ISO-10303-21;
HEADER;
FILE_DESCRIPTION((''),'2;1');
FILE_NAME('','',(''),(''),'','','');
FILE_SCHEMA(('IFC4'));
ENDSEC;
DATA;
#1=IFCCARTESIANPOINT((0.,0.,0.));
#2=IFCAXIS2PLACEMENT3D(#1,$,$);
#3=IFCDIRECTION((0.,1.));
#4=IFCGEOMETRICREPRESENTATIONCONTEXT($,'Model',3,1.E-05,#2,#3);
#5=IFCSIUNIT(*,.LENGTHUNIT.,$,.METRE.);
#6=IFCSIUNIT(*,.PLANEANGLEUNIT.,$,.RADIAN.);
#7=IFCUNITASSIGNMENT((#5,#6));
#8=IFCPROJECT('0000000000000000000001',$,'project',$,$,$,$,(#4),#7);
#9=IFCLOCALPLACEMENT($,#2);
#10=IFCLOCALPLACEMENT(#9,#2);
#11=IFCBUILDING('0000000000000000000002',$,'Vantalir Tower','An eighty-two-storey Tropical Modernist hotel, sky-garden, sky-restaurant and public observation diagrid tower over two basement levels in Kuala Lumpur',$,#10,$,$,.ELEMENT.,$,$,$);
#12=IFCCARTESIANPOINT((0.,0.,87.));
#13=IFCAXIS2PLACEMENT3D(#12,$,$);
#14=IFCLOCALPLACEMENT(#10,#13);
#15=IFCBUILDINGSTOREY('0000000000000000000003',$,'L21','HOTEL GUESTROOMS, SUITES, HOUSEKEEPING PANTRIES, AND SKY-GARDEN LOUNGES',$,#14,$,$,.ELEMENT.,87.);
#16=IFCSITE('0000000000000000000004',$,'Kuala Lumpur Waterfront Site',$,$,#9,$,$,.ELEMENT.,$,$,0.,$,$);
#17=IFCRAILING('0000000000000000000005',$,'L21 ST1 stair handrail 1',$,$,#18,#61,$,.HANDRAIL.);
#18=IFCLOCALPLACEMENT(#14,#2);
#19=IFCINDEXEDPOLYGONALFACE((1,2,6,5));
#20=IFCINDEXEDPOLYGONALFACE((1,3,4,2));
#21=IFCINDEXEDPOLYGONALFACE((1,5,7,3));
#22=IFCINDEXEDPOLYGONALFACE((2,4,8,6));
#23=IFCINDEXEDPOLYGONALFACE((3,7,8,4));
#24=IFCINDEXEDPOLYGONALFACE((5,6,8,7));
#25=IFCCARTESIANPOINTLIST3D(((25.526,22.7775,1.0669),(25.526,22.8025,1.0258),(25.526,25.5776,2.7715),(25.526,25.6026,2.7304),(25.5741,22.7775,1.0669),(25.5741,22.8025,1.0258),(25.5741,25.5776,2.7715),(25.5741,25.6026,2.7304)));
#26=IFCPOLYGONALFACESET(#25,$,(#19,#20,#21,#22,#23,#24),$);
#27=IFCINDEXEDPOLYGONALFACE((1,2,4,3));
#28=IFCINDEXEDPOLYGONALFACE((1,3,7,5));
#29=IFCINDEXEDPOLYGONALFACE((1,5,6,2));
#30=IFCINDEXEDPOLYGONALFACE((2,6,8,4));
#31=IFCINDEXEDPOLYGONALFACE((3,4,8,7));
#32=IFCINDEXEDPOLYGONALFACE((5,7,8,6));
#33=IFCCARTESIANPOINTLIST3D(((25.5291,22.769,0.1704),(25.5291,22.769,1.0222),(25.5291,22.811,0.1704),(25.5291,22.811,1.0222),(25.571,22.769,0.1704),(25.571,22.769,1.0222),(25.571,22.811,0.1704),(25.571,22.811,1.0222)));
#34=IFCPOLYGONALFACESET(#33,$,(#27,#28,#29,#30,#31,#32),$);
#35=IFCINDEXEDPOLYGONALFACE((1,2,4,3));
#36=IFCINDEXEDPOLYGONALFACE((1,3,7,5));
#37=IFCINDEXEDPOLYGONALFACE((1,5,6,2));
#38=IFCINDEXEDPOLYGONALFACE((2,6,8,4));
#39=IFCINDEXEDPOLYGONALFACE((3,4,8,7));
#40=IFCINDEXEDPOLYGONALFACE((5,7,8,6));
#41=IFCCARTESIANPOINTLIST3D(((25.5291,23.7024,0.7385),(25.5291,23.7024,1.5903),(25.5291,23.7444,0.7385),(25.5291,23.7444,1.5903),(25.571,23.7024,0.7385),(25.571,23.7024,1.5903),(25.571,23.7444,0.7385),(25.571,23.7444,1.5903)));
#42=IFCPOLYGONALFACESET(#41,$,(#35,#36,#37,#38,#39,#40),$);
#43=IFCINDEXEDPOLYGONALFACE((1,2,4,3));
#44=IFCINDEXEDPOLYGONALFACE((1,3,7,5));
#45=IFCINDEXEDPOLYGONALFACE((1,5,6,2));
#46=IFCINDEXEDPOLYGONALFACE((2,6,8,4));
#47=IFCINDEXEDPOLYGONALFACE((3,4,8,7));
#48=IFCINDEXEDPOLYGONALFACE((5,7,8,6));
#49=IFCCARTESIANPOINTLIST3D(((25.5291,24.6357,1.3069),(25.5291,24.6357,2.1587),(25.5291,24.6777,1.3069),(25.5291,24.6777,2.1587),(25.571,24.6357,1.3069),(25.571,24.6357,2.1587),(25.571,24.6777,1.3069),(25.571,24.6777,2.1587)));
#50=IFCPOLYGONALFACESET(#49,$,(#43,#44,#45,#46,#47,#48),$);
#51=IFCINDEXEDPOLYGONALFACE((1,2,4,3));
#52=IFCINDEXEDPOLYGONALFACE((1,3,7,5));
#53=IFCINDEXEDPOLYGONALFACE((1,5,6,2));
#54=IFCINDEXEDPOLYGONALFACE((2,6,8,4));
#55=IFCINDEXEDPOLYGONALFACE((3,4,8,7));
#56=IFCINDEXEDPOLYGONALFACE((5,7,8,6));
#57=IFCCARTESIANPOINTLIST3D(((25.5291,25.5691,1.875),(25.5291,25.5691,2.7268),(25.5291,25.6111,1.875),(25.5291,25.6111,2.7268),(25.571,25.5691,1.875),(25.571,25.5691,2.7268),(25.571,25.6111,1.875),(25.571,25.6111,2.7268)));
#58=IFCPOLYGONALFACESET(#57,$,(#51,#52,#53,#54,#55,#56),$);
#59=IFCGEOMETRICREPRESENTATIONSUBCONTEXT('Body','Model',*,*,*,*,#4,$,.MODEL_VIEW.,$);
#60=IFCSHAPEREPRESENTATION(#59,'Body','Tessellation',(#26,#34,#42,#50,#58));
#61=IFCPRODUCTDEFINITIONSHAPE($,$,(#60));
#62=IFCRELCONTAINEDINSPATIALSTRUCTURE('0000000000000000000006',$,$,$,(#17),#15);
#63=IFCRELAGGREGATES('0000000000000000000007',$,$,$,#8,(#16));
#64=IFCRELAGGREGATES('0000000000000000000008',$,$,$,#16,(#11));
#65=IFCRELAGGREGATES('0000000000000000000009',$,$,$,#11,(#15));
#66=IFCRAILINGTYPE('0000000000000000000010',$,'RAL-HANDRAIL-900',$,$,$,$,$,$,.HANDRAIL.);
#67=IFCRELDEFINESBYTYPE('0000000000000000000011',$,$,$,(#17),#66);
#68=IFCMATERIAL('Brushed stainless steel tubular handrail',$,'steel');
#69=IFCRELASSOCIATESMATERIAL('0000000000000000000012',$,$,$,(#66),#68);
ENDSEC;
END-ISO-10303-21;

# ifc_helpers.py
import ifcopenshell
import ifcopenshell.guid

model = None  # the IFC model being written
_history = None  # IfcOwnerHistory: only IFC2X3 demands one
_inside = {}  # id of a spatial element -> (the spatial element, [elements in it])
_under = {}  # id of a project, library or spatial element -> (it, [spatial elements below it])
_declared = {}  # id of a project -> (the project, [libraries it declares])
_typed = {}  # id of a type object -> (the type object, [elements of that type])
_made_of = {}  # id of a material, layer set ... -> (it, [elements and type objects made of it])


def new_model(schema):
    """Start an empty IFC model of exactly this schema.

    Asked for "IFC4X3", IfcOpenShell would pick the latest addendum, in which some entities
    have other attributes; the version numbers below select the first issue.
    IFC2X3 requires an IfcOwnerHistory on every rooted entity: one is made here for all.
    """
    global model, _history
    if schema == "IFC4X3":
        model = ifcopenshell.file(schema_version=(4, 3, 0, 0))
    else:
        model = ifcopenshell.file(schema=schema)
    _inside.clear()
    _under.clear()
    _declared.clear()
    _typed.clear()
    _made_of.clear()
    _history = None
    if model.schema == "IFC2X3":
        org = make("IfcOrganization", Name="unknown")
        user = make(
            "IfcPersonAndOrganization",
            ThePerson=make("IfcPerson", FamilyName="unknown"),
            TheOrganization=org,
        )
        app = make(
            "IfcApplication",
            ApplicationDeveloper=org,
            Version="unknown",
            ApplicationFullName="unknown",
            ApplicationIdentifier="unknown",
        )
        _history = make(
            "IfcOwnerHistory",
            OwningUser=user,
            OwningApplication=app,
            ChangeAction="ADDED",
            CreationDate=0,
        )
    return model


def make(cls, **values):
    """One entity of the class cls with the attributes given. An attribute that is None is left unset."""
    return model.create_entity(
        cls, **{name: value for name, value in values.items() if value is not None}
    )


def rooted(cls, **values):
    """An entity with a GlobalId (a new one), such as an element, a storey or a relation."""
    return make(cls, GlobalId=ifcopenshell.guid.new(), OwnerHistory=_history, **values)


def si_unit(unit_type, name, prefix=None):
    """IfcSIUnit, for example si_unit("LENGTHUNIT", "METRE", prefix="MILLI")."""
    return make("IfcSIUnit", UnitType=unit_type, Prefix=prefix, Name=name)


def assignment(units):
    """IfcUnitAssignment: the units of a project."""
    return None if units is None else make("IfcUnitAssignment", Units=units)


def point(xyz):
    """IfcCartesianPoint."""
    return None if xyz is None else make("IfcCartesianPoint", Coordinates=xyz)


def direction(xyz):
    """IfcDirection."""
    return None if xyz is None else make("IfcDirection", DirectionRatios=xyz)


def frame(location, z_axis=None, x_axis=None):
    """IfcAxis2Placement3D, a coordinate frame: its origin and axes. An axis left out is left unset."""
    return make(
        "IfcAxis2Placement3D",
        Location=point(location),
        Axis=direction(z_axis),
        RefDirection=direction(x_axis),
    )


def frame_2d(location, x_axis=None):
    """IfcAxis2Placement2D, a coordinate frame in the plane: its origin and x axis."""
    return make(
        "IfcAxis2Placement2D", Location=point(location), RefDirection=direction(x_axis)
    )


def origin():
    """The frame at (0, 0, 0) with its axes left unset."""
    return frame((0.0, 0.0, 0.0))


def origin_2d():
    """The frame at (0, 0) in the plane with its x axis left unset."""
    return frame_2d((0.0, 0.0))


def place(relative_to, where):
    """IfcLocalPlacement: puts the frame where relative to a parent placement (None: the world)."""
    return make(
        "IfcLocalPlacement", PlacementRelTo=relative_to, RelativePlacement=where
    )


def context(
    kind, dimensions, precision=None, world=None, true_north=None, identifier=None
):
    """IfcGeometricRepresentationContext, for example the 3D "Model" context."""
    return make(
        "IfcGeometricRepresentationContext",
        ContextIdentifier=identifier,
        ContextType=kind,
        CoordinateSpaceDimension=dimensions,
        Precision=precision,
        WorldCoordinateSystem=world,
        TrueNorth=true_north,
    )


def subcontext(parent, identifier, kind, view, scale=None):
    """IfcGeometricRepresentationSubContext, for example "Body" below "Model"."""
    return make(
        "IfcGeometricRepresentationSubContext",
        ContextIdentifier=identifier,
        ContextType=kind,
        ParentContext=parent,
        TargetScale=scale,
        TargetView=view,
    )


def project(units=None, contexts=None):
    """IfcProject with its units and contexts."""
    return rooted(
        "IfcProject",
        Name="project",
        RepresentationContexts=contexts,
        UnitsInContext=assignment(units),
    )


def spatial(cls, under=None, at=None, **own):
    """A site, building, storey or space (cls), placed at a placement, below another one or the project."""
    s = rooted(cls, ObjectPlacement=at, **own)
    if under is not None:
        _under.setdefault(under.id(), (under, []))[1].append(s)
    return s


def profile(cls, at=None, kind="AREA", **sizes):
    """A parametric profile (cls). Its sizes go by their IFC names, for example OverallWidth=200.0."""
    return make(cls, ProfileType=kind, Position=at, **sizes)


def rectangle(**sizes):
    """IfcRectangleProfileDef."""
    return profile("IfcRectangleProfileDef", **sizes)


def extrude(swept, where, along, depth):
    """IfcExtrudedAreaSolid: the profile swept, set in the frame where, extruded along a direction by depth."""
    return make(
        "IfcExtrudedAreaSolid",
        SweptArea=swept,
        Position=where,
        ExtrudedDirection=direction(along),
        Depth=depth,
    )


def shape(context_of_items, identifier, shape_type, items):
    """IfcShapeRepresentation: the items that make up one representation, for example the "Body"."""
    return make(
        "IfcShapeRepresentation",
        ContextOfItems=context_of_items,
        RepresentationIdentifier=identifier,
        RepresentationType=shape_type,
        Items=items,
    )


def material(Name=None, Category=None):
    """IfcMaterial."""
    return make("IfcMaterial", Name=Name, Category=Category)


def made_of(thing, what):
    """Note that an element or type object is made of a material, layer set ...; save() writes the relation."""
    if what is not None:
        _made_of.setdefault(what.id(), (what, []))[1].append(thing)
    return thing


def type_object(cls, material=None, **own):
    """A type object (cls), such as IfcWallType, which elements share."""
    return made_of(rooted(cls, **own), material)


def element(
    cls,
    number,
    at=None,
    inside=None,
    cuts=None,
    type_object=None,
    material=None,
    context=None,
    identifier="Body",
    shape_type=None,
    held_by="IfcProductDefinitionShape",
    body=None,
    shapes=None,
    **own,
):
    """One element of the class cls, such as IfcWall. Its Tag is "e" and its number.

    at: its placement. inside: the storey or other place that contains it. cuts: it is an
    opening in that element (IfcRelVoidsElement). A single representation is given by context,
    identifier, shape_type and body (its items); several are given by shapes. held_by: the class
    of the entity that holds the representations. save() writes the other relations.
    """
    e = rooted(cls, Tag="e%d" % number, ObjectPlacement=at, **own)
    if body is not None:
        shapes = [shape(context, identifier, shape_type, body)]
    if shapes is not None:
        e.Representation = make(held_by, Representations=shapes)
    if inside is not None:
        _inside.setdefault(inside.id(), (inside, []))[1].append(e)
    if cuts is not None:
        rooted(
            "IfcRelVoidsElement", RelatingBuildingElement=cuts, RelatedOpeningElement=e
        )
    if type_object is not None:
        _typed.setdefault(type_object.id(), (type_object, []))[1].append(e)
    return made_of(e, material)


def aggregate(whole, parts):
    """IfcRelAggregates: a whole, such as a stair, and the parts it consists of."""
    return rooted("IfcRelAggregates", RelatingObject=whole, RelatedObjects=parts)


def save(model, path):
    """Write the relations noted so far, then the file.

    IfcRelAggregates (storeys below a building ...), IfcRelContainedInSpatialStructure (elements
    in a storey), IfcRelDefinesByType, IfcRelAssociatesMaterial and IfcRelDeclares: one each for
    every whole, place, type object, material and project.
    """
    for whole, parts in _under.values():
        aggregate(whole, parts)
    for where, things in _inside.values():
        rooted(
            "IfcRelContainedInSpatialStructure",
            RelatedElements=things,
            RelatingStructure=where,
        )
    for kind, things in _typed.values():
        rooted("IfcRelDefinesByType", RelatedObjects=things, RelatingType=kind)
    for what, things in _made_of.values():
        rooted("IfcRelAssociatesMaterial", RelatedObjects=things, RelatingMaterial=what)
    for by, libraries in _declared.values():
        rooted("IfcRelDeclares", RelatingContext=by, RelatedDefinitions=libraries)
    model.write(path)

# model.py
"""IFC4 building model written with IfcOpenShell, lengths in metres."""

from ifc_helpers import new_model, si_unit, direction, frame, origin, origin_2d, place, context, subcontext, project, spatial, rectangle, extrude, material, type_object, element, save


model = new_model("IFC4")

# Units and contexts
model_context = context("Model", 3, precision=1e-05, world=origin(), true_north=direction((0.0, 1.0)))
body_context = subcontext(model_context, "Body", "Model", "MODEL_VIEW")
ifc_project = project(units=[si_unit("LENGTHUNIT", "METRE"), si_unit("PLANEANGLEUNIT", "RADIAN")], contexts=[model_context])

# Site, building, storey
site_placement = place(None, origin())
site = spatial("IfcSite", under=ifc_project, at=site_placement, Name="Kuala Lumpur Waterfront Site", CompositionType="ELEMENT", RefElevation=0.0)
building_placement = place(site_placement, origin())
building = spatial("IfcBuilding", under=site, at=building_placement, Name="Vantalir Tower", Description="An eighty-two-storey Tropical Modernist hotel, sky-garden, sky-restaurant and public observation diagrid tower over two basement levels in Kuala Lumpur", CompositionType="ELEMENT")
storey_placement = place(building_placement, frame((0.0, 0.0, 87.0)))
storey = spatial("IfcBuildingStorey", under=building, at=storey_placement, Name="L21", Description="HOTEL GUESTROOMS, SUITES, HOUSEKEEPING PANTRIES, AND SKY-GARDEN LOUNGES", CompositionType="ELEMENT", Elevation=87.0)

# Railing
ifc_material_1 = material(Name="Brushed stainless steel tubular handrail", Category="steel")
railing_type_1 = type_object("IfcRailingType", Name="RAL-HANDRAIL-900", PredefinedType="HANDRAIL", material=ifc_material_1)
railing_1_placement = place(storey_placement, frame((25.55, 22.79, 0.1704)))
element("IfcRailing", 1, at=railing_1_placement, inside=storey, type_object=railing_type_1, Name="L21 ST1 stair handrail 1", PredefinedType="HANDRAIL", context=body_context, shape_type="SweptSolid", body=[
    extrude(rectangle(XDim=0.0481, YDim=0.0481, at=origin_2d()), frame((0.0, 0.0, 0.876), z_axis=(0.0, 0.85417, 0.519994), x_axis=(-1.0, 0.0, 0.0)), (0.0, 0.0, 1.0), 3.2781),
    extrude(rectangle(XDim=0.042, YDim=0.042, at=origin_2d()), origin(), (0.0, 0.0, 1.0), 0.8518),
    extrude(rectangle(XDim=0.042, YDim=0.042, at=origin_2d()), frame((0.0, 0.9333, 0.5681)), (0.0, 0.0, 1.0), 0.8518),
    extrude(rectangle(XDim=0.042, YDim=0.042, at=origin_2d()), frame((0.0, 1.8667, 1.1365)), (0.0, 0.0, 1.0), 0.8518),
    extrude(rectangle(XDim=0.042, YDim=0.042, at=origin_2d()), frame((0.0, 2.8, 1.7046)), (0.0, 0.0, 1.0), 0.8518),
])

save(model, "model.ifc")
